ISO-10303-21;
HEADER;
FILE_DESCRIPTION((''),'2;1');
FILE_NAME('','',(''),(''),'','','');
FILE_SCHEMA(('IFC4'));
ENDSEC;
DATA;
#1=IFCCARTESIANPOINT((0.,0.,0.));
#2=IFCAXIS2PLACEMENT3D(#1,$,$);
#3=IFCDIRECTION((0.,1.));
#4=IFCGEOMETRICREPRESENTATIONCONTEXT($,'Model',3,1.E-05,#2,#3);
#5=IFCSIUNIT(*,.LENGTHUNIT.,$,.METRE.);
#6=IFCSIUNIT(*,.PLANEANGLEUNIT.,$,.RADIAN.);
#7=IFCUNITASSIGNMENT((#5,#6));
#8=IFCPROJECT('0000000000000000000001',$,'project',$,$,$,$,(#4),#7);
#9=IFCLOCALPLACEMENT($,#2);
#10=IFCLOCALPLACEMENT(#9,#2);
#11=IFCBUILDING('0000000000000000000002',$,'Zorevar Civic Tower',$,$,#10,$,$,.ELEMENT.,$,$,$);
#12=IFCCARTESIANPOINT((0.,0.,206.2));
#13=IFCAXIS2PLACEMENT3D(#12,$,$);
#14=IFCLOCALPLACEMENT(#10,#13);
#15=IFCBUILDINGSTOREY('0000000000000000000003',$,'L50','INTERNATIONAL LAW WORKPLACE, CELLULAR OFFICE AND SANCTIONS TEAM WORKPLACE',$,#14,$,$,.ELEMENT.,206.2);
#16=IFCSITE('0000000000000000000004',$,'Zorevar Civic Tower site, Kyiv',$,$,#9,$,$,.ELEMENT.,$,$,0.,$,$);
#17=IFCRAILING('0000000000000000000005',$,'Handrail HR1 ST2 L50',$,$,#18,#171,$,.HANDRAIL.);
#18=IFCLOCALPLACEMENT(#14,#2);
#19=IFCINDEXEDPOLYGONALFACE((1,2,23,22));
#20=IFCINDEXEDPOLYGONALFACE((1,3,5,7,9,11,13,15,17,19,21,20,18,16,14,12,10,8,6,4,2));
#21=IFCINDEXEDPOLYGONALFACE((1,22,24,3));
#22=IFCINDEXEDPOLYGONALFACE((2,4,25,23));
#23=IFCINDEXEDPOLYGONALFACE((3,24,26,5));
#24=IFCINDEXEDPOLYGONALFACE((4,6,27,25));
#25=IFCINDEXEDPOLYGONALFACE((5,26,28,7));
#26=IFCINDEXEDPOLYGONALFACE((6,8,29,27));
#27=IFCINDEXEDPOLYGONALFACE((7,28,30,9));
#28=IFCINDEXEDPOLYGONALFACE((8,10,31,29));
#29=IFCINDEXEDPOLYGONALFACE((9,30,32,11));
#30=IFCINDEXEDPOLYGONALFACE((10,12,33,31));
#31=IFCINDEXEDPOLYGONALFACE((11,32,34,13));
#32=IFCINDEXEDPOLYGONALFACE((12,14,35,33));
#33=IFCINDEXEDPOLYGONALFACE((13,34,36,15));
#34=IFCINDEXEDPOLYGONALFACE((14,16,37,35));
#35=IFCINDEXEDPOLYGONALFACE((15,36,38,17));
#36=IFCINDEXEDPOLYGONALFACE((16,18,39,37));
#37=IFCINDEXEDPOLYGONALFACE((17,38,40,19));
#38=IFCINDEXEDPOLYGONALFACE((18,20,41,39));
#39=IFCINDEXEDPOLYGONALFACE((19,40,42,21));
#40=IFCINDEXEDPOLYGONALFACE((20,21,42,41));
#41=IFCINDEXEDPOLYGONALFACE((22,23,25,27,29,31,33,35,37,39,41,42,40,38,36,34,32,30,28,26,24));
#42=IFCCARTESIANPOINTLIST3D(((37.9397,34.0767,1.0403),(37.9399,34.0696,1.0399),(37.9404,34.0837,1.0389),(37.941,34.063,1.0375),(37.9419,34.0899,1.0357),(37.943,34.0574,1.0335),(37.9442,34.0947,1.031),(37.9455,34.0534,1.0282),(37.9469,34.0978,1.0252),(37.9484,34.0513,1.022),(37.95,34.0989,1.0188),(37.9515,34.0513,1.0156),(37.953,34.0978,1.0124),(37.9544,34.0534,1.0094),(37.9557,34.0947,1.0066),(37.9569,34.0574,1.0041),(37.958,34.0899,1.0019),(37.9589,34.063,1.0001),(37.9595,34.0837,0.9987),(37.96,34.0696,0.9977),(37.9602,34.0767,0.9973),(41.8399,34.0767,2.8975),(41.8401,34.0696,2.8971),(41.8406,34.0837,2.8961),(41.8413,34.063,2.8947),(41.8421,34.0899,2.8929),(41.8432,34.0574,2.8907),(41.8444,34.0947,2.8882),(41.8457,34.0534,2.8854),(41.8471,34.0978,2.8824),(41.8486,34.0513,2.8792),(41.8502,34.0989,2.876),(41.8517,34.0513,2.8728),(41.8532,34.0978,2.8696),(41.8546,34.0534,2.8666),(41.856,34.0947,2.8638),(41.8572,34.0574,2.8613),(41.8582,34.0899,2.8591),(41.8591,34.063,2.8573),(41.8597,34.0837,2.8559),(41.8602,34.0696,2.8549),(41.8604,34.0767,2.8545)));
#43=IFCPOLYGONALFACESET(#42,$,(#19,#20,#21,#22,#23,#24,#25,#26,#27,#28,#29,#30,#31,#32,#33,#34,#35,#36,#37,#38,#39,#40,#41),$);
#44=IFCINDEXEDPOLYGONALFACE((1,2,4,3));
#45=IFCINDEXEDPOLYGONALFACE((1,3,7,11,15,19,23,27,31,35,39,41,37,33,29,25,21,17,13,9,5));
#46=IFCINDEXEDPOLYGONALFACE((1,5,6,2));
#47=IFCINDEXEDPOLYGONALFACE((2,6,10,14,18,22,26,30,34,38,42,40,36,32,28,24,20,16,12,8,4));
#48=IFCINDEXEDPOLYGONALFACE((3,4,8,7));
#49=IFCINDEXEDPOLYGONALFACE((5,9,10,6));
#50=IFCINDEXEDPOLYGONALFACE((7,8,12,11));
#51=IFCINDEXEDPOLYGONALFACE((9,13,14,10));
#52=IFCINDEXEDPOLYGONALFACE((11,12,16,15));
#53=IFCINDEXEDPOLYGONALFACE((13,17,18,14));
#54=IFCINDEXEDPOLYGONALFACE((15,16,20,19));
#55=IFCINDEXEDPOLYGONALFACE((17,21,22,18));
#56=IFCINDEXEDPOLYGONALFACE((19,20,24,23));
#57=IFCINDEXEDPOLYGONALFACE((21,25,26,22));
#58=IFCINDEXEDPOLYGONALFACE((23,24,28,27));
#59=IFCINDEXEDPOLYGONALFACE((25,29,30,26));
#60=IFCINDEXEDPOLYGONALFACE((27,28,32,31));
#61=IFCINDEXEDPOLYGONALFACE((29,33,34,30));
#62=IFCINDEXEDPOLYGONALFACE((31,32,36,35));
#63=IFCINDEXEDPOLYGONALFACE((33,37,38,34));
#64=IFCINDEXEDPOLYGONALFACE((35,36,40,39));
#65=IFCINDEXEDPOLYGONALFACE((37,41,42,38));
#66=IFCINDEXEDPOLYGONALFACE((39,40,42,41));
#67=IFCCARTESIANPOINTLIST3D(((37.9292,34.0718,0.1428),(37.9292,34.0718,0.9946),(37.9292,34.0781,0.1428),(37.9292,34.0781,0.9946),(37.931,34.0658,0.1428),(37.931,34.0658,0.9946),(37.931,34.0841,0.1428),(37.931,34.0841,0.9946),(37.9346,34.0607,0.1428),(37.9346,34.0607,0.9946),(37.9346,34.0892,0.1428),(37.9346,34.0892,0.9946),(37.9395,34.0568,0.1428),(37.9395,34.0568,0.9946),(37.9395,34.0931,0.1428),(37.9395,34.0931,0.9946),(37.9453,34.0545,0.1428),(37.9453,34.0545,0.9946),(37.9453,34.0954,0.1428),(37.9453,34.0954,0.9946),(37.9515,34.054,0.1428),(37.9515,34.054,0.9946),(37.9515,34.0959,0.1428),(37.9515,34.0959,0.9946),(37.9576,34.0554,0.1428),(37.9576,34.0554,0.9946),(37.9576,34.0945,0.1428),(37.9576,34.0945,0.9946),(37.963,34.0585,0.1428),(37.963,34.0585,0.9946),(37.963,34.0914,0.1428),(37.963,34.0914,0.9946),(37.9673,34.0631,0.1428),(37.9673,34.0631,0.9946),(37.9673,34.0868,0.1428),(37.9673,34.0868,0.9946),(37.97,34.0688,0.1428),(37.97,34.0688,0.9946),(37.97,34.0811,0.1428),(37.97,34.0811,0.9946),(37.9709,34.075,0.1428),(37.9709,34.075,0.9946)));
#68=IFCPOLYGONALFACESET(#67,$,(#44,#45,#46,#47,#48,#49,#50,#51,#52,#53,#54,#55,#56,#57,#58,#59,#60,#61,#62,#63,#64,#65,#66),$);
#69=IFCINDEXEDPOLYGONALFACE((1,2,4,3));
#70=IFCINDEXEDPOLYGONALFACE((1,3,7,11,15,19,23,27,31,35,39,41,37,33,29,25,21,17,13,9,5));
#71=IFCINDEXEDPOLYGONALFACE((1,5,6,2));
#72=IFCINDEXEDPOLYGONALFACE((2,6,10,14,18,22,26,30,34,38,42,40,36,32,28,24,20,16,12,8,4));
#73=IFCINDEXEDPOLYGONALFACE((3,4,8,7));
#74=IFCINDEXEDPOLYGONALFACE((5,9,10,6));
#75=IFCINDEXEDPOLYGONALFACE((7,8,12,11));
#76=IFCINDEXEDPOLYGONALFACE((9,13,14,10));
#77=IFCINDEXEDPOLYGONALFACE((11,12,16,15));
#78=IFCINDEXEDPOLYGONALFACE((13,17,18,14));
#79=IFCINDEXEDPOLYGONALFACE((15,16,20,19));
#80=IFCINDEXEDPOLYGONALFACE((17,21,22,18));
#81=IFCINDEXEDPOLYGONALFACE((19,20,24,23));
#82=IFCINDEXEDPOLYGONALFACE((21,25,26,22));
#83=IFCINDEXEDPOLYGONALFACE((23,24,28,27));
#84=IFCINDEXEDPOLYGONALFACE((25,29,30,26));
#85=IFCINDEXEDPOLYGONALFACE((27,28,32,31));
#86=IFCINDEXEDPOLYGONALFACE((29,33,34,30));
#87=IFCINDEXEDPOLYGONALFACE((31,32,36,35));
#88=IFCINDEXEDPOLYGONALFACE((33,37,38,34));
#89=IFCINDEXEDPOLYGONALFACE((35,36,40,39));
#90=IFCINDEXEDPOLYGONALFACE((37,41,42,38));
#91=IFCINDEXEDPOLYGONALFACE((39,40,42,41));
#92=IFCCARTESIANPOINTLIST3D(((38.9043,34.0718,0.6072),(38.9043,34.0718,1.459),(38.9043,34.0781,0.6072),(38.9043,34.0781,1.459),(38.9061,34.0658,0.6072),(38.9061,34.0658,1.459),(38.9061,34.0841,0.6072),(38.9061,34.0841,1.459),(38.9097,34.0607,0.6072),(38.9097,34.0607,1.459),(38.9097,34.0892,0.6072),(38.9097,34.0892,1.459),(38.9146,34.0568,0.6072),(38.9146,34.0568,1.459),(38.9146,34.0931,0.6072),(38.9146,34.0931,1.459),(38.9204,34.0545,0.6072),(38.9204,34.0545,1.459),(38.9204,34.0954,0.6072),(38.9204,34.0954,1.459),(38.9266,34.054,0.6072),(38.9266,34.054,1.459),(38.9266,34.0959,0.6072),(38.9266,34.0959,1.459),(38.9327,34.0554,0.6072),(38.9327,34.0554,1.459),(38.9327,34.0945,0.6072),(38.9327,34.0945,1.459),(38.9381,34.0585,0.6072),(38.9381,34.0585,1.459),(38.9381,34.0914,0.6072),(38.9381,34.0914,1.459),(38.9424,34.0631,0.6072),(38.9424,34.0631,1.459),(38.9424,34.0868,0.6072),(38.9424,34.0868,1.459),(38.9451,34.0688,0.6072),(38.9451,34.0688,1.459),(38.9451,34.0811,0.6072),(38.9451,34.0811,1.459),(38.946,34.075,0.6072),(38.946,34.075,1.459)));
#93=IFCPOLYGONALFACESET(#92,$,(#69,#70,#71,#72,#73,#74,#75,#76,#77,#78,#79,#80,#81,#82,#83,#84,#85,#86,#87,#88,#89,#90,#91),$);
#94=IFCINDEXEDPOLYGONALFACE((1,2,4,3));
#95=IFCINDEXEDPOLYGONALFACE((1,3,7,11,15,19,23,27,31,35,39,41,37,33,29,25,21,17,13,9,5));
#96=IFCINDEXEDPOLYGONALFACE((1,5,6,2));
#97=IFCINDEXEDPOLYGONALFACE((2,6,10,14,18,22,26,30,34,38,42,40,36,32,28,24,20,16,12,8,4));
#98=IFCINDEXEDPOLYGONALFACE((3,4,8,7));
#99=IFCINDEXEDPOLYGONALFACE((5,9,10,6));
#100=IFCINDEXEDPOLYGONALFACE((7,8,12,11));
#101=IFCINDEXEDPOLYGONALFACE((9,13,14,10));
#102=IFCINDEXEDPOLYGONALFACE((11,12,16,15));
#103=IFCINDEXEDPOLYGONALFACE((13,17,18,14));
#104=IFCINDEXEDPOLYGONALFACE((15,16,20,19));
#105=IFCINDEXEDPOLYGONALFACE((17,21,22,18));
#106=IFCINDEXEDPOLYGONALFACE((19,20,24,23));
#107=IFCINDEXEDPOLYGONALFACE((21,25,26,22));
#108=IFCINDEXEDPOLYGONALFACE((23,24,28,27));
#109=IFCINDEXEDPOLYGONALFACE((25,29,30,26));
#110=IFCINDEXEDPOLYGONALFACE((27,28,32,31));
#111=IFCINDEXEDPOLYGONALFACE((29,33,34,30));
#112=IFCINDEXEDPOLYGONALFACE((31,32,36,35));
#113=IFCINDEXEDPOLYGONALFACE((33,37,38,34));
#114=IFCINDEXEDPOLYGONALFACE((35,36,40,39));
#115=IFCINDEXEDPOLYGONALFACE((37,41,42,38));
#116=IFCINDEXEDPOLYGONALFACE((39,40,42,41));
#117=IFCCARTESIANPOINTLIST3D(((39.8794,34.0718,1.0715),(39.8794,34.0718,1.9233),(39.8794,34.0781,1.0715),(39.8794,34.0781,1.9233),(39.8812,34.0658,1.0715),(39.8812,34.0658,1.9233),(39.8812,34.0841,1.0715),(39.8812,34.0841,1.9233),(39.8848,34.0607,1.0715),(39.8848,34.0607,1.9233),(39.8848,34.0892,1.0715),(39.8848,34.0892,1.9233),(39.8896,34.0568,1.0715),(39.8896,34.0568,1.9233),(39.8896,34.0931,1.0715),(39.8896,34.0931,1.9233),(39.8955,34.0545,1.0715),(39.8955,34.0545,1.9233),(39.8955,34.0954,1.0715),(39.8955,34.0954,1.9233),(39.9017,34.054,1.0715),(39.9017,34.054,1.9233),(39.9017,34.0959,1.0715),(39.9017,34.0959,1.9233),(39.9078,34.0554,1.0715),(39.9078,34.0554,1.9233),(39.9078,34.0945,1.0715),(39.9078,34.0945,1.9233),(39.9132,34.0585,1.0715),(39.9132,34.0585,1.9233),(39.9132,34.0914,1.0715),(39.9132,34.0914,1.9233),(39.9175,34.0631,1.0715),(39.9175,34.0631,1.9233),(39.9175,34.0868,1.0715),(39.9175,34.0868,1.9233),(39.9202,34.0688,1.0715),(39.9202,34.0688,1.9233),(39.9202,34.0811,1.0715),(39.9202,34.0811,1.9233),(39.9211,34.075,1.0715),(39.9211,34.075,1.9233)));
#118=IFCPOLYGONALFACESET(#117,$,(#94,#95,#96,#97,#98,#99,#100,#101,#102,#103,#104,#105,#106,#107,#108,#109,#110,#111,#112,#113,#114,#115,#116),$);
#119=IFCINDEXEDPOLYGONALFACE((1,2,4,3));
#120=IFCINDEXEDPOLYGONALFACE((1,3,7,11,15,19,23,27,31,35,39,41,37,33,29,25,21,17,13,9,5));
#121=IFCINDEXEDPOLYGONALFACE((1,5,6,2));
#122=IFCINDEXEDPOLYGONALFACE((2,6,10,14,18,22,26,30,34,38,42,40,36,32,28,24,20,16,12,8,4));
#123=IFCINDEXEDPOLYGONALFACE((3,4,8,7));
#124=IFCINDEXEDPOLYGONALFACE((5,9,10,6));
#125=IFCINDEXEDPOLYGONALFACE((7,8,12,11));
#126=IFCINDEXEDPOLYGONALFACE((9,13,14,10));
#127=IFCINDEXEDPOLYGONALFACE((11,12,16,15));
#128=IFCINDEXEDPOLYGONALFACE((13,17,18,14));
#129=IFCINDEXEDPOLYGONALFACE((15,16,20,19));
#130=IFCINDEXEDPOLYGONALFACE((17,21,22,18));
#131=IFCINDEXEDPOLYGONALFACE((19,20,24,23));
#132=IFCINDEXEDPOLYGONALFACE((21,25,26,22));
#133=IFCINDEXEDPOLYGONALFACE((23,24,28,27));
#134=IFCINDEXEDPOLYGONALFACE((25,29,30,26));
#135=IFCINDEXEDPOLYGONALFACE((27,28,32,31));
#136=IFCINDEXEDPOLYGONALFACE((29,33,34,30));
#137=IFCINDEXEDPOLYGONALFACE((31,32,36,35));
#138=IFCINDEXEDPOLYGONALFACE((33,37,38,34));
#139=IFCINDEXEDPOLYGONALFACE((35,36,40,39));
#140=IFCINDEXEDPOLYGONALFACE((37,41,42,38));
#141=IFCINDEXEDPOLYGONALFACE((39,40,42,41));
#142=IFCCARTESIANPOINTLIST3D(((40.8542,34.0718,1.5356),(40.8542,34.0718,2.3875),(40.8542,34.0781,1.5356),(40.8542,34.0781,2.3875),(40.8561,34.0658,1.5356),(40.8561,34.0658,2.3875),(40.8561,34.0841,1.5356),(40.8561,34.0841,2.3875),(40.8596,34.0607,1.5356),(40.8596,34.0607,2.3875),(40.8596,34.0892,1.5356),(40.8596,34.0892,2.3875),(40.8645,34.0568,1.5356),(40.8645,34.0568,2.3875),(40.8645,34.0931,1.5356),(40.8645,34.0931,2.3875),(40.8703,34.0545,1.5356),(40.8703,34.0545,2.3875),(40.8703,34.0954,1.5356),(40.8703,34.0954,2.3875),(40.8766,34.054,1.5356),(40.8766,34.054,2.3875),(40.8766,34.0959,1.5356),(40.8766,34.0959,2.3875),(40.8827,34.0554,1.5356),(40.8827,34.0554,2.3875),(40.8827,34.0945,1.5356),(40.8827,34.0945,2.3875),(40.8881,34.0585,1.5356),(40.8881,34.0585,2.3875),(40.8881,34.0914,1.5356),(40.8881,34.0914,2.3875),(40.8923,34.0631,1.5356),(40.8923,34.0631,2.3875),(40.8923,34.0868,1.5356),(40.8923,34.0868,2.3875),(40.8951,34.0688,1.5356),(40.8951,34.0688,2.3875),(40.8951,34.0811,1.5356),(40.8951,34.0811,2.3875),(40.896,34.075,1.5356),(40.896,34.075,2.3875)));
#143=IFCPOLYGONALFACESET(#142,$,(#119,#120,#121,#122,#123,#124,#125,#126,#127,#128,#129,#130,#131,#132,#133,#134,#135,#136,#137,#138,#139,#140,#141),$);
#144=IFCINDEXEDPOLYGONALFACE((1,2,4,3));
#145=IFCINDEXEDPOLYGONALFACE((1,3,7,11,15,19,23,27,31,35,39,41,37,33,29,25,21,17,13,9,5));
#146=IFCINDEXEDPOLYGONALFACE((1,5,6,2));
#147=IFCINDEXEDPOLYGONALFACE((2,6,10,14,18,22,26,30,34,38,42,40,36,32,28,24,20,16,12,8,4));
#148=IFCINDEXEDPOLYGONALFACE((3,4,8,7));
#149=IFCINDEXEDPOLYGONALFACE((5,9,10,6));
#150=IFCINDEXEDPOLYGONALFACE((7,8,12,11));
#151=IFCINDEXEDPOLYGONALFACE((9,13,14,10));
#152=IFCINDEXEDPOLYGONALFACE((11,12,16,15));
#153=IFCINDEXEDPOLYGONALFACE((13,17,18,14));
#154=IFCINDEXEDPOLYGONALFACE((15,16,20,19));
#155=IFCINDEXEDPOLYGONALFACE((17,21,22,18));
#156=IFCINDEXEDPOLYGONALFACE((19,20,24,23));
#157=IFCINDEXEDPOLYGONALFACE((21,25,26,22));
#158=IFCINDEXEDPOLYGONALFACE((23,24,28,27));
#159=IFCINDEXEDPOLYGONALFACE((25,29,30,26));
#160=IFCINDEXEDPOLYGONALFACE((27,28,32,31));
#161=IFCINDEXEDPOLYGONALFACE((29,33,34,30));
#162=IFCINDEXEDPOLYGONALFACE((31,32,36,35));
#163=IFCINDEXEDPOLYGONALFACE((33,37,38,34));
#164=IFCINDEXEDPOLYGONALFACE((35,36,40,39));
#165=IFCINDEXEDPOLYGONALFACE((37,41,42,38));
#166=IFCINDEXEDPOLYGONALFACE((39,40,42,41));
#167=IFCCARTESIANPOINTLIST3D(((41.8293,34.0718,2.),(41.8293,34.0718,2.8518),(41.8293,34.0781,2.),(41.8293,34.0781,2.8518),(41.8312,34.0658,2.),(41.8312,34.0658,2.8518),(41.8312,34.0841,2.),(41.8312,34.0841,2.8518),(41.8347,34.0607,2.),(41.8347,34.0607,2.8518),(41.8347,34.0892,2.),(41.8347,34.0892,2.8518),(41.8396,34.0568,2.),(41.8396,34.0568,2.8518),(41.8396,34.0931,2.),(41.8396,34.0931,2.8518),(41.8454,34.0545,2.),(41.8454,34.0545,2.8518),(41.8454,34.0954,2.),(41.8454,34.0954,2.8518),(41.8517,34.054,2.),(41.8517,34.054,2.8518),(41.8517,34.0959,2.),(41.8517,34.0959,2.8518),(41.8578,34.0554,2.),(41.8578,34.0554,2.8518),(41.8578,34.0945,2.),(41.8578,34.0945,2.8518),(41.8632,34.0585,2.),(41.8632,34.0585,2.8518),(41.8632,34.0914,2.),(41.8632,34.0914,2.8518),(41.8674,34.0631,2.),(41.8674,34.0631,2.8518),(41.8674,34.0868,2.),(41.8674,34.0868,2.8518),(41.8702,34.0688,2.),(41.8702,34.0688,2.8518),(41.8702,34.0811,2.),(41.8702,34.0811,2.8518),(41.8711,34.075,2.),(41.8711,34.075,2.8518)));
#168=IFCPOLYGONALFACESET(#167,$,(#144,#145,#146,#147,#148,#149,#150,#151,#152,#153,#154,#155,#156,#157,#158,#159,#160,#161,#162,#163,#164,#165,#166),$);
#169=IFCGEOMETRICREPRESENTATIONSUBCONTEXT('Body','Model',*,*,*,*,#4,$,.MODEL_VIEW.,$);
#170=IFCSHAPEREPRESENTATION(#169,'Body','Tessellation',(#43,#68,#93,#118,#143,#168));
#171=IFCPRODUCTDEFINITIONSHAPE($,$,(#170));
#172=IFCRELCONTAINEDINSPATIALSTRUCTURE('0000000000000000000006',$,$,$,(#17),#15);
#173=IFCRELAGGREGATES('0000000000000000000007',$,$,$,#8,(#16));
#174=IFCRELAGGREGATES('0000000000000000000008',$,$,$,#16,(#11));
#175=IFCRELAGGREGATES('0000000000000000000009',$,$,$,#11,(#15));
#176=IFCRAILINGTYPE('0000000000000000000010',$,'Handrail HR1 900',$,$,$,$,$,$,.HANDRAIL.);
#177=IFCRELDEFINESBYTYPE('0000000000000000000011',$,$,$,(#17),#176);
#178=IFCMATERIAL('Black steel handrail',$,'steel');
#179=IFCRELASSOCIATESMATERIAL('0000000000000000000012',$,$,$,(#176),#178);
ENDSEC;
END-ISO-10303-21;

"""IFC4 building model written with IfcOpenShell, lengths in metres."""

from ifc_helpers import new_model, si_unit, direction, frame, origin, origin_2d, place, context, subcontext, project, spatial, circle, extrude, material, type_object, element, save


model = new_model("IFC4")

# Units and contexts
model_context = context("Model", 3, precision=1e-05, world=origin(), true_north=direction((0.0, 1.0)))
body_context = subcontext(model_context, "Body", "Model", "MODEL_VIEW")
ifc_project = project(units=[si_unit("LENGTHUNIT", "METRE"), si_unit("PLANEANGLEUNIT", "RADIAN")], contexts=[model_context])

# Site, building, storey
site_placement = place(None, origin())
site = spatial("IfcSite", under=ifc_project, at=site_placement, Name="Zorevar Civic Tower site, Kyiv", CompositionType="ELEMENT", RefElevation=0.0)
building_placement = place(site_placement, origin())
building = spatial("IfcBuilding", under=site, at=building_placement, Name="Zorevar Civic Tower", CompositionType="ELEMENT")
storey_placement = place(building_placement, frame((0.0, 0.0, 206.2)))
storey = spatial("IfcBuildingStorey", under=building, at=storey_placement, Name="L50", Description="INTERNATIONAL LAW WORKPLACE, CELLULAR OFFICE AND SANCTIONS TEAM WORKPLACE", CompositionType="ELEMENT", Elevation=206.2)

# Railing
ifc_material_1 = material(Name="Black steel handrail", Category="steel")
railing_type = type_object("IfcRailingType", Name="Handrail HR1 900", PredefinedType="HANDRAIL", material=ifc_material_1)
railing_placement = place(storey_placement, frame((37.95, 34.075, 0.1428)))
element("IfcRailing", 1, at=railing_placement, inside=storey, type_object=railing_type, Name="Handrail HR1 ST2 L50", PredefinedType="HANDRAIL", context=body_context, shape_type="SweptSolid", body=[
    extrude(circle(Radius=0.0239, at=origin_2d()), frame((0.0, 0.0, 0.876), z_axis=(0.902864, 0.0, 0.429927), x_axis=(0.0, 1.0, 0.0)), (0.0, 0.0, 1.0), 4.3198),
    extrude(circle(Radius=0.021, at=origin_2d()), origin(), (0.0, 0.0, 1.0), 0.8518),
    extrude(circle(Radius=0.021, at=origin_2d()), frame((0.9751, 0.0, 0.4644)), (0.0, 0.0, 1.0), 0.8518),
    extrude(circle(Radius=0.021, at=origin_2d()), frame((1.9502, 0.0, 0.9287)), (0.0, 0.0, 1.0), 0.8518),
    extrude(circle(Radius=0.021, at=origin_2d()), frame((2.925, 0.0, 1.3928)), (0.0, 0.0, 1.0), 0.8518),
    extrude(circle(Radius=0.021, at=origin_2d()), frame((3.9001, 0.0, 1.8572)), (0.0, 0.0, 1.0), 0.8518),
])

save(model, "model.ifc")
